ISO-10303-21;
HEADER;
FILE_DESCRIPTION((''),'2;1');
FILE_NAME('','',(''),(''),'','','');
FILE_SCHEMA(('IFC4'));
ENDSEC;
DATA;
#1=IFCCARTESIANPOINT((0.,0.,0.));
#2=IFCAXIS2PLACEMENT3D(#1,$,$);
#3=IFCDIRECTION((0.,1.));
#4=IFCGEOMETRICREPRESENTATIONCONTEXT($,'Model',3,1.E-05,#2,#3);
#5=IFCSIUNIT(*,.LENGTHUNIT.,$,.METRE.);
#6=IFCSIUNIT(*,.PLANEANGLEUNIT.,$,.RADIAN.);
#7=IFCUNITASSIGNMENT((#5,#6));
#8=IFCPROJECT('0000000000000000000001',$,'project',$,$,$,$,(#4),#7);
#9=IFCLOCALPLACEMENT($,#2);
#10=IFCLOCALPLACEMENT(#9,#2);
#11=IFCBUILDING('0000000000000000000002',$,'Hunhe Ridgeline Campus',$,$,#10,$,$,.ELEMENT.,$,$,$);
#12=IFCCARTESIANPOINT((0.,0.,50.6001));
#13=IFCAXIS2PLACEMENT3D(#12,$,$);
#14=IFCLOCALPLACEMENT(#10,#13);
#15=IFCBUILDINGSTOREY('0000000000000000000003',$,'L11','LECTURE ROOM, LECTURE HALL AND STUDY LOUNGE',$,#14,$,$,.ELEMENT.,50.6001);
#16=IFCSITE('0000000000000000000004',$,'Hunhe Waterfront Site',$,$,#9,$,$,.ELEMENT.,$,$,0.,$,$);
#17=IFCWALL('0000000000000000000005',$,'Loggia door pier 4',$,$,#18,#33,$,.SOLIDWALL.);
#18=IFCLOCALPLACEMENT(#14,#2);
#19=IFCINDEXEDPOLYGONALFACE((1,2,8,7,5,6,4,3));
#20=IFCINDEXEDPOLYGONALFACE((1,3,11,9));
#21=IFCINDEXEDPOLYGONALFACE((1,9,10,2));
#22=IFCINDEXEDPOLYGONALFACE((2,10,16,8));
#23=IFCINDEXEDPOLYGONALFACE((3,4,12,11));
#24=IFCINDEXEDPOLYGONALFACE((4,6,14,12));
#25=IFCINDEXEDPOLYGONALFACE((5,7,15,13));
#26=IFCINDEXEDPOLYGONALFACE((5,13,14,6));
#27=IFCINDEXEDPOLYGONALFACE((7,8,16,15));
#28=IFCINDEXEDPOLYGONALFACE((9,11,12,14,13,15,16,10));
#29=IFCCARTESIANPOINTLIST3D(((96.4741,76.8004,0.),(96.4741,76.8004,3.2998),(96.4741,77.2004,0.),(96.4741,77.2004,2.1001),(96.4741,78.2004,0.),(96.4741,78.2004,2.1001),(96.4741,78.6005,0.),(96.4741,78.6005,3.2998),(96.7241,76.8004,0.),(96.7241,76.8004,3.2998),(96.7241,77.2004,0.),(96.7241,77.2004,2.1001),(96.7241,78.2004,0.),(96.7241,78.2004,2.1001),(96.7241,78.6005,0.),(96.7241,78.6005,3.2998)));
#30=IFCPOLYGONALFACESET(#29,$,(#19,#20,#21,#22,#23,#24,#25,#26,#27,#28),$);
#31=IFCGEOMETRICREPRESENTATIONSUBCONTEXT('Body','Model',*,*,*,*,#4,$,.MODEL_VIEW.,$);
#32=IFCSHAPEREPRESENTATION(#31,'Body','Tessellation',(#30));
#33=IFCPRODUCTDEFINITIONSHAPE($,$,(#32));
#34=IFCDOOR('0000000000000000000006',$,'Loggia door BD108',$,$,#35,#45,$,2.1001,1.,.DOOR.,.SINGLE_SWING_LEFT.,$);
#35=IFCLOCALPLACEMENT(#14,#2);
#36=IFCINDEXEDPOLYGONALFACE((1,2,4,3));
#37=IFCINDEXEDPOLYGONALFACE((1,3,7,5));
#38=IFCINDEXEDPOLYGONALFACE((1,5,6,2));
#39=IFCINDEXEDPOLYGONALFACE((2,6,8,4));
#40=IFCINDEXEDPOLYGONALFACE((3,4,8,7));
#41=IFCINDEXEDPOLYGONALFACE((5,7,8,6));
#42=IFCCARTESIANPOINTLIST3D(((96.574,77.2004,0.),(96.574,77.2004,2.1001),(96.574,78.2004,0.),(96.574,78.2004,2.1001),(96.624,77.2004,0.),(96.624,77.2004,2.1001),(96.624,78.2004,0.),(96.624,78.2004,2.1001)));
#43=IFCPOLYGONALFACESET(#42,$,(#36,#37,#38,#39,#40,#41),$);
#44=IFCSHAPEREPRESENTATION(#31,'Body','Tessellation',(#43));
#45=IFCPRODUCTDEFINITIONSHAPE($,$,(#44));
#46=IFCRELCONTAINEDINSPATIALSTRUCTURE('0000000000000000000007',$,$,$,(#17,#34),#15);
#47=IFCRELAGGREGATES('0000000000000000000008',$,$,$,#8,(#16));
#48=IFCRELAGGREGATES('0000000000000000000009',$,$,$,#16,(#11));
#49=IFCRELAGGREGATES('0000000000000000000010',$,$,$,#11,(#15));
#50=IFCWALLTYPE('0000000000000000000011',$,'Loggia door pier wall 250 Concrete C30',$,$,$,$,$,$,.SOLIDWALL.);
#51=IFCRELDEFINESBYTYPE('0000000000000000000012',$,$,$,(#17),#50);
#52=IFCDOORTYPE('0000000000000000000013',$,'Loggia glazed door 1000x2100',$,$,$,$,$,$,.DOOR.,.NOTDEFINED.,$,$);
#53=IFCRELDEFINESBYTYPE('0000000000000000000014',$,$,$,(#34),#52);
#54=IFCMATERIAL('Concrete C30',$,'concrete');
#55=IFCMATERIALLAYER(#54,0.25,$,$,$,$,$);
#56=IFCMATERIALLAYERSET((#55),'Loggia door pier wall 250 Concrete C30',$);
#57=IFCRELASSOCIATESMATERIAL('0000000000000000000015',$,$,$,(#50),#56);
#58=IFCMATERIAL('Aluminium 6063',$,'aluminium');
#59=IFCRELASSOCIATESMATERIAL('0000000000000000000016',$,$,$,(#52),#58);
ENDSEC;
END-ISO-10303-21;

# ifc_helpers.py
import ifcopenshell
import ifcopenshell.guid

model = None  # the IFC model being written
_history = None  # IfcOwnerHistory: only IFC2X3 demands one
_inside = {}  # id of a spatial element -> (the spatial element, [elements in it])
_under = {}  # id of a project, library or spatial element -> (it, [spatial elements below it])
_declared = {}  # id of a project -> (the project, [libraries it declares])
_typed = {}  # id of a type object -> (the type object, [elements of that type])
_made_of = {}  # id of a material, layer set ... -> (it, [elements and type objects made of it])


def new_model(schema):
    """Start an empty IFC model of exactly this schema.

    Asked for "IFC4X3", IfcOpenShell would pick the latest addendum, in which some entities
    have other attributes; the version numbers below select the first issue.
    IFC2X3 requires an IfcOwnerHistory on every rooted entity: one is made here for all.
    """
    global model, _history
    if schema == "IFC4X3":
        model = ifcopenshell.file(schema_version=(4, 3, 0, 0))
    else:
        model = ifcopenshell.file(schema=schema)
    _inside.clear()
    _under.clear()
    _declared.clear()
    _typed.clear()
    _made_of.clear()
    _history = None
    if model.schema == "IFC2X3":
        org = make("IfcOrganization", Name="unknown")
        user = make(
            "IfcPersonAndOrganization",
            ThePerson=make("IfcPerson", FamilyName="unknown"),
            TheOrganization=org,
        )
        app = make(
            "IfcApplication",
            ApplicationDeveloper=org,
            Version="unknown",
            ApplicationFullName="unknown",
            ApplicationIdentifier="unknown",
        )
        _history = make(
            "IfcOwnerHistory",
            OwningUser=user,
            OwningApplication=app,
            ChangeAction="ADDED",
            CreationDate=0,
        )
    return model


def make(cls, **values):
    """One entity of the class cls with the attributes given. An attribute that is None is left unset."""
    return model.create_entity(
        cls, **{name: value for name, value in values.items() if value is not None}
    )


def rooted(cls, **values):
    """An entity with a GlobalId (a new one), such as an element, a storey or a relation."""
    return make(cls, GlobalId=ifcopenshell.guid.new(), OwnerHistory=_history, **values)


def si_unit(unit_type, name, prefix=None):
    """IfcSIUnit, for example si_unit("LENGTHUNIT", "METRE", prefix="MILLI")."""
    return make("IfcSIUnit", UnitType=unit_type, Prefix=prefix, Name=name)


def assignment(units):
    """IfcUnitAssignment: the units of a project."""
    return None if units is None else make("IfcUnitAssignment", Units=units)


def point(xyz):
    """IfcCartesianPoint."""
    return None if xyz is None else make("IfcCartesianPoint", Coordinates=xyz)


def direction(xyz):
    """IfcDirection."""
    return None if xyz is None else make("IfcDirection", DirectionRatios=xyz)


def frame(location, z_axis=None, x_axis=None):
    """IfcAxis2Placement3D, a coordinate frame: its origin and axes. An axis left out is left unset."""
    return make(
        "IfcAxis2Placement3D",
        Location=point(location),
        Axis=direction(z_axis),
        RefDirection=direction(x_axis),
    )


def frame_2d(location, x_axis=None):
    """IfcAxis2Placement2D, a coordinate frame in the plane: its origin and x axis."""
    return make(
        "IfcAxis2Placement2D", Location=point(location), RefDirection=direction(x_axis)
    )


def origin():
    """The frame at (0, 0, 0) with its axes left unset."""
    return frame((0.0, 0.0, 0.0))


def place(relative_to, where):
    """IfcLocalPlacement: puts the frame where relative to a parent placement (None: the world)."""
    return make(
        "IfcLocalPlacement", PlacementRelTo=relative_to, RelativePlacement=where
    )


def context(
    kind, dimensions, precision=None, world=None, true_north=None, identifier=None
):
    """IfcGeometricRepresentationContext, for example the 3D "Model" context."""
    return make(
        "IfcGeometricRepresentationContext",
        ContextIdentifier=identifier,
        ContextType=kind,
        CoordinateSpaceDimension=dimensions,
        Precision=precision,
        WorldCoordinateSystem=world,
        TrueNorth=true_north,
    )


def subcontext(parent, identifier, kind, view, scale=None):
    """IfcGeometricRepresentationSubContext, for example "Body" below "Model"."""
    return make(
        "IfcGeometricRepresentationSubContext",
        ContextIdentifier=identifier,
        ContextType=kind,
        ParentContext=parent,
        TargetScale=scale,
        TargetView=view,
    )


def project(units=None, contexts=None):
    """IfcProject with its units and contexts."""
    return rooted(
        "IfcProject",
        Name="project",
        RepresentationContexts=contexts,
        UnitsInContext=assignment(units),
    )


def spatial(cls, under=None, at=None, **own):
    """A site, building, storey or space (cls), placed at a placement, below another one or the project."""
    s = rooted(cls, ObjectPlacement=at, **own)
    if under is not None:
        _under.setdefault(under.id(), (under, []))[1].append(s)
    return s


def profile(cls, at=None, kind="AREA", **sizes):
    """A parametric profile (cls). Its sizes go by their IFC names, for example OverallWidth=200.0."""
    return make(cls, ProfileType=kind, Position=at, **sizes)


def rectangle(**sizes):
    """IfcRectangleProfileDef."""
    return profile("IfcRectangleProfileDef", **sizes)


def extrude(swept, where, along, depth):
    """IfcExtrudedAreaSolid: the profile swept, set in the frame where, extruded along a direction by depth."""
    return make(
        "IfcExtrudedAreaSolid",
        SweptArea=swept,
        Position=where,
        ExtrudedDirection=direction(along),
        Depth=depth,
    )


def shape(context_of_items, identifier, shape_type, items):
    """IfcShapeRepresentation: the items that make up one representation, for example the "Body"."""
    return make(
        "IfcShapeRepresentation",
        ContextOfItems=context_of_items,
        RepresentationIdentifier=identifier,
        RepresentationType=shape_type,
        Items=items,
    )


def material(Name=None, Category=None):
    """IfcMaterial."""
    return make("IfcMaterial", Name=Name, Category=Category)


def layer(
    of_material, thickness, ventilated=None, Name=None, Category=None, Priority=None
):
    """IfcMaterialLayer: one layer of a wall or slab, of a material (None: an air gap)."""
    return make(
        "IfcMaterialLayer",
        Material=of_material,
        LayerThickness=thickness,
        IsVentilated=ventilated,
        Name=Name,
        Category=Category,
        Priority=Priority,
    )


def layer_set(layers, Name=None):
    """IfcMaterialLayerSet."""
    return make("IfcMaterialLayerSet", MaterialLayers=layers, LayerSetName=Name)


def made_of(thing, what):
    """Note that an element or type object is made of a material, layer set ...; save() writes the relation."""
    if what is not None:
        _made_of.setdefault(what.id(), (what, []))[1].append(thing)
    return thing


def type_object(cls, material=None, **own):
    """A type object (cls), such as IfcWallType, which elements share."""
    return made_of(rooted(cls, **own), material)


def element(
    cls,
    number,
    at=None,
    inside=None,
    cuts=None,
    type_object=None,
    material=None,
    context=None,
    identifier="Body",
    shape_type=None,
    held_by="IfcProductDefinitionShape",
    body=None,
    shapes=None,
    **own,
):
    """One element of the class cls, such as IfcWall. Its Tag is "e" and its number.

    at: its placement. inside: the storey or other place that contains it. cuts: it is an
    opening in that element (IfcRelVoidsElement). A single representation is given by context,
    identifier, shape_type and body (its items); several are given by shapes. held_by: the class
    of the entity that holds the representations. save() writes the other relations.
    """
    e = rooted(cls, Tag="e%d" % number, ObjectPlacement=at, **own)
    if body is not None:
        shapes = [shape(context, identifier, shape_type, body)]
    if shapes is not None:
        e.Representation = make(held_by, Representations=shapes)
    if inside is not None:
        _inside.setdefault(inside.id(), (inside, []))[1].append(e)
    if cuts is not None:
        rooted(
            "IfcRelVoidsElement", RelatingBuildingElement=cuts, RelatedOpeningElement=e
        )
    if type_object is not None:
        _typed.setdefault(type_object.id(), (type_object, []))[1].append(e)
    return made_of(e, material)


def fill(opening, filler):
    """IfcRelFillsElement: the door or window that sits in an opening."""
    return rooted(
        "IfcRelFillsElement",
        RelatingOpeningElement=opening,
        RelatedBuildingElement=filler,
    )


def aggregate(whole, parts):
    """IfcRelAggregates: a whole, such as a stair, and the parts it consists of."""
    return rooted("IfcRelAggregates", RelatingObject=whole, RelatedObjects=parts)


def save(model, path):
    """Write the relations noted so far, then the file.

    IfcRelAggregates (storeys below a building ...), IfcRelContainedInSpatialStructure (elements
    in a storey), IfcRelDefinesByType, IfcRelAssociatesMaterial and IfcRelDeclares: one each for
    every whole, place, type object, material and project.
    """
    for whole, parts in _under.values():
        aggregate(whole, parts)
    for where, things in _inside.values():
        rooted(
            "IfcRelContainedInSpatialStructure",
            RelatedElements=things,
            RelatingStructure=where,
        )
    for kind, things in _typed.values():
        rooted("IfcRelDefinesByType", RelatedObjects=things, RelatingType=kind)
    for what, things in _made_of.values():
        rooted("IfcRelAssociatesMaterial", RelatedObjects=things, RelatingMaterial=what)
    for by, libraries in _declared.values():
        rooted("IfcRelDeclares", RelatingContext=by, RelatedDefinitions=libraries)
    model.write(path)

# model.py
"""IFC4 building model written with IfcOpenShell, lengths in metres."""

from ifc_helpers import new_model, si_unit, direction, frame, frame_2d, origin, place, context, subcontext, project, spatial, rectangle, extrude, material, layer, layer_set, type_object, element, fill, save


model = new_model("IFC4")

# Units and contexts
model_context = context("Model", 3, precision=1e-05, world=origin(), true_north=direction((0.0, 1.0)))
body_context = subcontext(model_context, "Body", "Model", "MODEL_VIEW")
ifc_project = project(units=[si_unit("LENGTHUNIT", "METRE"), si_unit("PLANEANGLEUNIT", "RADIAN")], contexts=[model_context])

# Site, building, storey
site_placement = place(None, origin())
site = spatial("IfcSite", under=ifc_project, at=site_placement, Name="Hunhe Waterfront Site", CompositionType="ELEMENT", RefElevation=0.0)
building_placement = place(site_placement, origin())
building = spatial("IfcBuilding", under=site, at=building_placement, Name="Hunhe Ridgeline Campus", CompositionType="ELEMENT")
storey_placement = place(building_placement, frame((0.0, 0.0, 50.6001)))
storey = spatial("IfcBuildingStorey", under=building, at=storey_placement, Name="L11", Description="LECTURE ROOM, LECTURE HALL AND STUDY LOUNGE", CompositionType="ELEMENT", Elevation=50.6001)

# Shared definitions
ifc_material_1 = material(Name="Aluminium 6063", Category="aluminium")

# Wall, opening, door
ifc_material_2 = material(Name="Concrete C30", Category="concrete")
ifc_layer_1 = layer(ifc_material_2, 0.25)
ifc_layer_set_1 = layer_set([ifc_layer_1], Name="Loggia door pier wall 250 Concrete C30")
wall_type = type_object("IfcWallType", Name="Loggia door pier wall 250 Concrete C30", PredefinedType="SOLIDWALL", material=ifc_layer_set_1)
wall_placement = place(storey_placement, frame((96.5991, 76.8005, 0.0), z_axis=(0.0, 0.0, 1.0), x_axis=(0.0, 1.0, 0.0)))
wall = element("IfcWall", 1, at=wall_placement, inside=storey, type_object=wall_type, Name="Loggia door pier 4", PredefinedType="SOLIDWALL", context=body_context, shape_type="SweptSolid", body=[
    extrude(rectangle(XDim=1.8, YDim=0.25, at=frame_2d((0.8999, 0.0))), origin(), (0.0, 0.0, 1.0), 3.2998),
])
opening_placement = place(wall_placement, frame((0.3999, 0.0, 0.0)))
opening = element("IfcOpeningElement", 2, at=opening_placement, cuts=wall, PredefinedType="OPENING", context=body_context, shape_type="SweptSolid", body=[
    extrude(rectangle(XDim=1.0, YDim=2.1001, at=frame_2d((0.5, 1.05))), frame((0.0, 0.125, 0.0), z_axis=(0.0, -1.0, 0.0), x_axis=(1.0, 0.0, 0.0)), (0.0, 0.0, 1.0), 0.25),
])
door_type = type_object("IfcDoorType", Name="Loggia glazed door 1000x2100", OperationType="NOTDEFINED", PredefinedType="DOOR", material=ifc_material_1)
door_placement = place(opening_placement, frame((1.0, 0.0, 0.0), z_axis=(0.0, 0.0, 1.0), x_axis=(-1.0, 0.0, 0.0)))
door = element("IfcDoor", 3, at=door_placement, inside=storey, type_object=door_type, Name="Loggia door BD108", OperationType="SINGLE_SWING_LEFT", OverallHeight=2.1001, OverallWidth=1.0, PredefinedType="DOOR", context=body_context, shape_type="SweptSolid", body=[
    extrude(rectangle(XDim=1.0, YDim=2.1001, at=frame_2d((0.5, 1.05))), frame((0.0, 0.0249, 0.0), z_axis=(0.0, -1.0, 0.0), x_axis=(1.0, 0.0, 0.0)), (0.0, 0.0, 1.0), 0.05),
])
fill(opening, door)

save(model, "model.ifc")
